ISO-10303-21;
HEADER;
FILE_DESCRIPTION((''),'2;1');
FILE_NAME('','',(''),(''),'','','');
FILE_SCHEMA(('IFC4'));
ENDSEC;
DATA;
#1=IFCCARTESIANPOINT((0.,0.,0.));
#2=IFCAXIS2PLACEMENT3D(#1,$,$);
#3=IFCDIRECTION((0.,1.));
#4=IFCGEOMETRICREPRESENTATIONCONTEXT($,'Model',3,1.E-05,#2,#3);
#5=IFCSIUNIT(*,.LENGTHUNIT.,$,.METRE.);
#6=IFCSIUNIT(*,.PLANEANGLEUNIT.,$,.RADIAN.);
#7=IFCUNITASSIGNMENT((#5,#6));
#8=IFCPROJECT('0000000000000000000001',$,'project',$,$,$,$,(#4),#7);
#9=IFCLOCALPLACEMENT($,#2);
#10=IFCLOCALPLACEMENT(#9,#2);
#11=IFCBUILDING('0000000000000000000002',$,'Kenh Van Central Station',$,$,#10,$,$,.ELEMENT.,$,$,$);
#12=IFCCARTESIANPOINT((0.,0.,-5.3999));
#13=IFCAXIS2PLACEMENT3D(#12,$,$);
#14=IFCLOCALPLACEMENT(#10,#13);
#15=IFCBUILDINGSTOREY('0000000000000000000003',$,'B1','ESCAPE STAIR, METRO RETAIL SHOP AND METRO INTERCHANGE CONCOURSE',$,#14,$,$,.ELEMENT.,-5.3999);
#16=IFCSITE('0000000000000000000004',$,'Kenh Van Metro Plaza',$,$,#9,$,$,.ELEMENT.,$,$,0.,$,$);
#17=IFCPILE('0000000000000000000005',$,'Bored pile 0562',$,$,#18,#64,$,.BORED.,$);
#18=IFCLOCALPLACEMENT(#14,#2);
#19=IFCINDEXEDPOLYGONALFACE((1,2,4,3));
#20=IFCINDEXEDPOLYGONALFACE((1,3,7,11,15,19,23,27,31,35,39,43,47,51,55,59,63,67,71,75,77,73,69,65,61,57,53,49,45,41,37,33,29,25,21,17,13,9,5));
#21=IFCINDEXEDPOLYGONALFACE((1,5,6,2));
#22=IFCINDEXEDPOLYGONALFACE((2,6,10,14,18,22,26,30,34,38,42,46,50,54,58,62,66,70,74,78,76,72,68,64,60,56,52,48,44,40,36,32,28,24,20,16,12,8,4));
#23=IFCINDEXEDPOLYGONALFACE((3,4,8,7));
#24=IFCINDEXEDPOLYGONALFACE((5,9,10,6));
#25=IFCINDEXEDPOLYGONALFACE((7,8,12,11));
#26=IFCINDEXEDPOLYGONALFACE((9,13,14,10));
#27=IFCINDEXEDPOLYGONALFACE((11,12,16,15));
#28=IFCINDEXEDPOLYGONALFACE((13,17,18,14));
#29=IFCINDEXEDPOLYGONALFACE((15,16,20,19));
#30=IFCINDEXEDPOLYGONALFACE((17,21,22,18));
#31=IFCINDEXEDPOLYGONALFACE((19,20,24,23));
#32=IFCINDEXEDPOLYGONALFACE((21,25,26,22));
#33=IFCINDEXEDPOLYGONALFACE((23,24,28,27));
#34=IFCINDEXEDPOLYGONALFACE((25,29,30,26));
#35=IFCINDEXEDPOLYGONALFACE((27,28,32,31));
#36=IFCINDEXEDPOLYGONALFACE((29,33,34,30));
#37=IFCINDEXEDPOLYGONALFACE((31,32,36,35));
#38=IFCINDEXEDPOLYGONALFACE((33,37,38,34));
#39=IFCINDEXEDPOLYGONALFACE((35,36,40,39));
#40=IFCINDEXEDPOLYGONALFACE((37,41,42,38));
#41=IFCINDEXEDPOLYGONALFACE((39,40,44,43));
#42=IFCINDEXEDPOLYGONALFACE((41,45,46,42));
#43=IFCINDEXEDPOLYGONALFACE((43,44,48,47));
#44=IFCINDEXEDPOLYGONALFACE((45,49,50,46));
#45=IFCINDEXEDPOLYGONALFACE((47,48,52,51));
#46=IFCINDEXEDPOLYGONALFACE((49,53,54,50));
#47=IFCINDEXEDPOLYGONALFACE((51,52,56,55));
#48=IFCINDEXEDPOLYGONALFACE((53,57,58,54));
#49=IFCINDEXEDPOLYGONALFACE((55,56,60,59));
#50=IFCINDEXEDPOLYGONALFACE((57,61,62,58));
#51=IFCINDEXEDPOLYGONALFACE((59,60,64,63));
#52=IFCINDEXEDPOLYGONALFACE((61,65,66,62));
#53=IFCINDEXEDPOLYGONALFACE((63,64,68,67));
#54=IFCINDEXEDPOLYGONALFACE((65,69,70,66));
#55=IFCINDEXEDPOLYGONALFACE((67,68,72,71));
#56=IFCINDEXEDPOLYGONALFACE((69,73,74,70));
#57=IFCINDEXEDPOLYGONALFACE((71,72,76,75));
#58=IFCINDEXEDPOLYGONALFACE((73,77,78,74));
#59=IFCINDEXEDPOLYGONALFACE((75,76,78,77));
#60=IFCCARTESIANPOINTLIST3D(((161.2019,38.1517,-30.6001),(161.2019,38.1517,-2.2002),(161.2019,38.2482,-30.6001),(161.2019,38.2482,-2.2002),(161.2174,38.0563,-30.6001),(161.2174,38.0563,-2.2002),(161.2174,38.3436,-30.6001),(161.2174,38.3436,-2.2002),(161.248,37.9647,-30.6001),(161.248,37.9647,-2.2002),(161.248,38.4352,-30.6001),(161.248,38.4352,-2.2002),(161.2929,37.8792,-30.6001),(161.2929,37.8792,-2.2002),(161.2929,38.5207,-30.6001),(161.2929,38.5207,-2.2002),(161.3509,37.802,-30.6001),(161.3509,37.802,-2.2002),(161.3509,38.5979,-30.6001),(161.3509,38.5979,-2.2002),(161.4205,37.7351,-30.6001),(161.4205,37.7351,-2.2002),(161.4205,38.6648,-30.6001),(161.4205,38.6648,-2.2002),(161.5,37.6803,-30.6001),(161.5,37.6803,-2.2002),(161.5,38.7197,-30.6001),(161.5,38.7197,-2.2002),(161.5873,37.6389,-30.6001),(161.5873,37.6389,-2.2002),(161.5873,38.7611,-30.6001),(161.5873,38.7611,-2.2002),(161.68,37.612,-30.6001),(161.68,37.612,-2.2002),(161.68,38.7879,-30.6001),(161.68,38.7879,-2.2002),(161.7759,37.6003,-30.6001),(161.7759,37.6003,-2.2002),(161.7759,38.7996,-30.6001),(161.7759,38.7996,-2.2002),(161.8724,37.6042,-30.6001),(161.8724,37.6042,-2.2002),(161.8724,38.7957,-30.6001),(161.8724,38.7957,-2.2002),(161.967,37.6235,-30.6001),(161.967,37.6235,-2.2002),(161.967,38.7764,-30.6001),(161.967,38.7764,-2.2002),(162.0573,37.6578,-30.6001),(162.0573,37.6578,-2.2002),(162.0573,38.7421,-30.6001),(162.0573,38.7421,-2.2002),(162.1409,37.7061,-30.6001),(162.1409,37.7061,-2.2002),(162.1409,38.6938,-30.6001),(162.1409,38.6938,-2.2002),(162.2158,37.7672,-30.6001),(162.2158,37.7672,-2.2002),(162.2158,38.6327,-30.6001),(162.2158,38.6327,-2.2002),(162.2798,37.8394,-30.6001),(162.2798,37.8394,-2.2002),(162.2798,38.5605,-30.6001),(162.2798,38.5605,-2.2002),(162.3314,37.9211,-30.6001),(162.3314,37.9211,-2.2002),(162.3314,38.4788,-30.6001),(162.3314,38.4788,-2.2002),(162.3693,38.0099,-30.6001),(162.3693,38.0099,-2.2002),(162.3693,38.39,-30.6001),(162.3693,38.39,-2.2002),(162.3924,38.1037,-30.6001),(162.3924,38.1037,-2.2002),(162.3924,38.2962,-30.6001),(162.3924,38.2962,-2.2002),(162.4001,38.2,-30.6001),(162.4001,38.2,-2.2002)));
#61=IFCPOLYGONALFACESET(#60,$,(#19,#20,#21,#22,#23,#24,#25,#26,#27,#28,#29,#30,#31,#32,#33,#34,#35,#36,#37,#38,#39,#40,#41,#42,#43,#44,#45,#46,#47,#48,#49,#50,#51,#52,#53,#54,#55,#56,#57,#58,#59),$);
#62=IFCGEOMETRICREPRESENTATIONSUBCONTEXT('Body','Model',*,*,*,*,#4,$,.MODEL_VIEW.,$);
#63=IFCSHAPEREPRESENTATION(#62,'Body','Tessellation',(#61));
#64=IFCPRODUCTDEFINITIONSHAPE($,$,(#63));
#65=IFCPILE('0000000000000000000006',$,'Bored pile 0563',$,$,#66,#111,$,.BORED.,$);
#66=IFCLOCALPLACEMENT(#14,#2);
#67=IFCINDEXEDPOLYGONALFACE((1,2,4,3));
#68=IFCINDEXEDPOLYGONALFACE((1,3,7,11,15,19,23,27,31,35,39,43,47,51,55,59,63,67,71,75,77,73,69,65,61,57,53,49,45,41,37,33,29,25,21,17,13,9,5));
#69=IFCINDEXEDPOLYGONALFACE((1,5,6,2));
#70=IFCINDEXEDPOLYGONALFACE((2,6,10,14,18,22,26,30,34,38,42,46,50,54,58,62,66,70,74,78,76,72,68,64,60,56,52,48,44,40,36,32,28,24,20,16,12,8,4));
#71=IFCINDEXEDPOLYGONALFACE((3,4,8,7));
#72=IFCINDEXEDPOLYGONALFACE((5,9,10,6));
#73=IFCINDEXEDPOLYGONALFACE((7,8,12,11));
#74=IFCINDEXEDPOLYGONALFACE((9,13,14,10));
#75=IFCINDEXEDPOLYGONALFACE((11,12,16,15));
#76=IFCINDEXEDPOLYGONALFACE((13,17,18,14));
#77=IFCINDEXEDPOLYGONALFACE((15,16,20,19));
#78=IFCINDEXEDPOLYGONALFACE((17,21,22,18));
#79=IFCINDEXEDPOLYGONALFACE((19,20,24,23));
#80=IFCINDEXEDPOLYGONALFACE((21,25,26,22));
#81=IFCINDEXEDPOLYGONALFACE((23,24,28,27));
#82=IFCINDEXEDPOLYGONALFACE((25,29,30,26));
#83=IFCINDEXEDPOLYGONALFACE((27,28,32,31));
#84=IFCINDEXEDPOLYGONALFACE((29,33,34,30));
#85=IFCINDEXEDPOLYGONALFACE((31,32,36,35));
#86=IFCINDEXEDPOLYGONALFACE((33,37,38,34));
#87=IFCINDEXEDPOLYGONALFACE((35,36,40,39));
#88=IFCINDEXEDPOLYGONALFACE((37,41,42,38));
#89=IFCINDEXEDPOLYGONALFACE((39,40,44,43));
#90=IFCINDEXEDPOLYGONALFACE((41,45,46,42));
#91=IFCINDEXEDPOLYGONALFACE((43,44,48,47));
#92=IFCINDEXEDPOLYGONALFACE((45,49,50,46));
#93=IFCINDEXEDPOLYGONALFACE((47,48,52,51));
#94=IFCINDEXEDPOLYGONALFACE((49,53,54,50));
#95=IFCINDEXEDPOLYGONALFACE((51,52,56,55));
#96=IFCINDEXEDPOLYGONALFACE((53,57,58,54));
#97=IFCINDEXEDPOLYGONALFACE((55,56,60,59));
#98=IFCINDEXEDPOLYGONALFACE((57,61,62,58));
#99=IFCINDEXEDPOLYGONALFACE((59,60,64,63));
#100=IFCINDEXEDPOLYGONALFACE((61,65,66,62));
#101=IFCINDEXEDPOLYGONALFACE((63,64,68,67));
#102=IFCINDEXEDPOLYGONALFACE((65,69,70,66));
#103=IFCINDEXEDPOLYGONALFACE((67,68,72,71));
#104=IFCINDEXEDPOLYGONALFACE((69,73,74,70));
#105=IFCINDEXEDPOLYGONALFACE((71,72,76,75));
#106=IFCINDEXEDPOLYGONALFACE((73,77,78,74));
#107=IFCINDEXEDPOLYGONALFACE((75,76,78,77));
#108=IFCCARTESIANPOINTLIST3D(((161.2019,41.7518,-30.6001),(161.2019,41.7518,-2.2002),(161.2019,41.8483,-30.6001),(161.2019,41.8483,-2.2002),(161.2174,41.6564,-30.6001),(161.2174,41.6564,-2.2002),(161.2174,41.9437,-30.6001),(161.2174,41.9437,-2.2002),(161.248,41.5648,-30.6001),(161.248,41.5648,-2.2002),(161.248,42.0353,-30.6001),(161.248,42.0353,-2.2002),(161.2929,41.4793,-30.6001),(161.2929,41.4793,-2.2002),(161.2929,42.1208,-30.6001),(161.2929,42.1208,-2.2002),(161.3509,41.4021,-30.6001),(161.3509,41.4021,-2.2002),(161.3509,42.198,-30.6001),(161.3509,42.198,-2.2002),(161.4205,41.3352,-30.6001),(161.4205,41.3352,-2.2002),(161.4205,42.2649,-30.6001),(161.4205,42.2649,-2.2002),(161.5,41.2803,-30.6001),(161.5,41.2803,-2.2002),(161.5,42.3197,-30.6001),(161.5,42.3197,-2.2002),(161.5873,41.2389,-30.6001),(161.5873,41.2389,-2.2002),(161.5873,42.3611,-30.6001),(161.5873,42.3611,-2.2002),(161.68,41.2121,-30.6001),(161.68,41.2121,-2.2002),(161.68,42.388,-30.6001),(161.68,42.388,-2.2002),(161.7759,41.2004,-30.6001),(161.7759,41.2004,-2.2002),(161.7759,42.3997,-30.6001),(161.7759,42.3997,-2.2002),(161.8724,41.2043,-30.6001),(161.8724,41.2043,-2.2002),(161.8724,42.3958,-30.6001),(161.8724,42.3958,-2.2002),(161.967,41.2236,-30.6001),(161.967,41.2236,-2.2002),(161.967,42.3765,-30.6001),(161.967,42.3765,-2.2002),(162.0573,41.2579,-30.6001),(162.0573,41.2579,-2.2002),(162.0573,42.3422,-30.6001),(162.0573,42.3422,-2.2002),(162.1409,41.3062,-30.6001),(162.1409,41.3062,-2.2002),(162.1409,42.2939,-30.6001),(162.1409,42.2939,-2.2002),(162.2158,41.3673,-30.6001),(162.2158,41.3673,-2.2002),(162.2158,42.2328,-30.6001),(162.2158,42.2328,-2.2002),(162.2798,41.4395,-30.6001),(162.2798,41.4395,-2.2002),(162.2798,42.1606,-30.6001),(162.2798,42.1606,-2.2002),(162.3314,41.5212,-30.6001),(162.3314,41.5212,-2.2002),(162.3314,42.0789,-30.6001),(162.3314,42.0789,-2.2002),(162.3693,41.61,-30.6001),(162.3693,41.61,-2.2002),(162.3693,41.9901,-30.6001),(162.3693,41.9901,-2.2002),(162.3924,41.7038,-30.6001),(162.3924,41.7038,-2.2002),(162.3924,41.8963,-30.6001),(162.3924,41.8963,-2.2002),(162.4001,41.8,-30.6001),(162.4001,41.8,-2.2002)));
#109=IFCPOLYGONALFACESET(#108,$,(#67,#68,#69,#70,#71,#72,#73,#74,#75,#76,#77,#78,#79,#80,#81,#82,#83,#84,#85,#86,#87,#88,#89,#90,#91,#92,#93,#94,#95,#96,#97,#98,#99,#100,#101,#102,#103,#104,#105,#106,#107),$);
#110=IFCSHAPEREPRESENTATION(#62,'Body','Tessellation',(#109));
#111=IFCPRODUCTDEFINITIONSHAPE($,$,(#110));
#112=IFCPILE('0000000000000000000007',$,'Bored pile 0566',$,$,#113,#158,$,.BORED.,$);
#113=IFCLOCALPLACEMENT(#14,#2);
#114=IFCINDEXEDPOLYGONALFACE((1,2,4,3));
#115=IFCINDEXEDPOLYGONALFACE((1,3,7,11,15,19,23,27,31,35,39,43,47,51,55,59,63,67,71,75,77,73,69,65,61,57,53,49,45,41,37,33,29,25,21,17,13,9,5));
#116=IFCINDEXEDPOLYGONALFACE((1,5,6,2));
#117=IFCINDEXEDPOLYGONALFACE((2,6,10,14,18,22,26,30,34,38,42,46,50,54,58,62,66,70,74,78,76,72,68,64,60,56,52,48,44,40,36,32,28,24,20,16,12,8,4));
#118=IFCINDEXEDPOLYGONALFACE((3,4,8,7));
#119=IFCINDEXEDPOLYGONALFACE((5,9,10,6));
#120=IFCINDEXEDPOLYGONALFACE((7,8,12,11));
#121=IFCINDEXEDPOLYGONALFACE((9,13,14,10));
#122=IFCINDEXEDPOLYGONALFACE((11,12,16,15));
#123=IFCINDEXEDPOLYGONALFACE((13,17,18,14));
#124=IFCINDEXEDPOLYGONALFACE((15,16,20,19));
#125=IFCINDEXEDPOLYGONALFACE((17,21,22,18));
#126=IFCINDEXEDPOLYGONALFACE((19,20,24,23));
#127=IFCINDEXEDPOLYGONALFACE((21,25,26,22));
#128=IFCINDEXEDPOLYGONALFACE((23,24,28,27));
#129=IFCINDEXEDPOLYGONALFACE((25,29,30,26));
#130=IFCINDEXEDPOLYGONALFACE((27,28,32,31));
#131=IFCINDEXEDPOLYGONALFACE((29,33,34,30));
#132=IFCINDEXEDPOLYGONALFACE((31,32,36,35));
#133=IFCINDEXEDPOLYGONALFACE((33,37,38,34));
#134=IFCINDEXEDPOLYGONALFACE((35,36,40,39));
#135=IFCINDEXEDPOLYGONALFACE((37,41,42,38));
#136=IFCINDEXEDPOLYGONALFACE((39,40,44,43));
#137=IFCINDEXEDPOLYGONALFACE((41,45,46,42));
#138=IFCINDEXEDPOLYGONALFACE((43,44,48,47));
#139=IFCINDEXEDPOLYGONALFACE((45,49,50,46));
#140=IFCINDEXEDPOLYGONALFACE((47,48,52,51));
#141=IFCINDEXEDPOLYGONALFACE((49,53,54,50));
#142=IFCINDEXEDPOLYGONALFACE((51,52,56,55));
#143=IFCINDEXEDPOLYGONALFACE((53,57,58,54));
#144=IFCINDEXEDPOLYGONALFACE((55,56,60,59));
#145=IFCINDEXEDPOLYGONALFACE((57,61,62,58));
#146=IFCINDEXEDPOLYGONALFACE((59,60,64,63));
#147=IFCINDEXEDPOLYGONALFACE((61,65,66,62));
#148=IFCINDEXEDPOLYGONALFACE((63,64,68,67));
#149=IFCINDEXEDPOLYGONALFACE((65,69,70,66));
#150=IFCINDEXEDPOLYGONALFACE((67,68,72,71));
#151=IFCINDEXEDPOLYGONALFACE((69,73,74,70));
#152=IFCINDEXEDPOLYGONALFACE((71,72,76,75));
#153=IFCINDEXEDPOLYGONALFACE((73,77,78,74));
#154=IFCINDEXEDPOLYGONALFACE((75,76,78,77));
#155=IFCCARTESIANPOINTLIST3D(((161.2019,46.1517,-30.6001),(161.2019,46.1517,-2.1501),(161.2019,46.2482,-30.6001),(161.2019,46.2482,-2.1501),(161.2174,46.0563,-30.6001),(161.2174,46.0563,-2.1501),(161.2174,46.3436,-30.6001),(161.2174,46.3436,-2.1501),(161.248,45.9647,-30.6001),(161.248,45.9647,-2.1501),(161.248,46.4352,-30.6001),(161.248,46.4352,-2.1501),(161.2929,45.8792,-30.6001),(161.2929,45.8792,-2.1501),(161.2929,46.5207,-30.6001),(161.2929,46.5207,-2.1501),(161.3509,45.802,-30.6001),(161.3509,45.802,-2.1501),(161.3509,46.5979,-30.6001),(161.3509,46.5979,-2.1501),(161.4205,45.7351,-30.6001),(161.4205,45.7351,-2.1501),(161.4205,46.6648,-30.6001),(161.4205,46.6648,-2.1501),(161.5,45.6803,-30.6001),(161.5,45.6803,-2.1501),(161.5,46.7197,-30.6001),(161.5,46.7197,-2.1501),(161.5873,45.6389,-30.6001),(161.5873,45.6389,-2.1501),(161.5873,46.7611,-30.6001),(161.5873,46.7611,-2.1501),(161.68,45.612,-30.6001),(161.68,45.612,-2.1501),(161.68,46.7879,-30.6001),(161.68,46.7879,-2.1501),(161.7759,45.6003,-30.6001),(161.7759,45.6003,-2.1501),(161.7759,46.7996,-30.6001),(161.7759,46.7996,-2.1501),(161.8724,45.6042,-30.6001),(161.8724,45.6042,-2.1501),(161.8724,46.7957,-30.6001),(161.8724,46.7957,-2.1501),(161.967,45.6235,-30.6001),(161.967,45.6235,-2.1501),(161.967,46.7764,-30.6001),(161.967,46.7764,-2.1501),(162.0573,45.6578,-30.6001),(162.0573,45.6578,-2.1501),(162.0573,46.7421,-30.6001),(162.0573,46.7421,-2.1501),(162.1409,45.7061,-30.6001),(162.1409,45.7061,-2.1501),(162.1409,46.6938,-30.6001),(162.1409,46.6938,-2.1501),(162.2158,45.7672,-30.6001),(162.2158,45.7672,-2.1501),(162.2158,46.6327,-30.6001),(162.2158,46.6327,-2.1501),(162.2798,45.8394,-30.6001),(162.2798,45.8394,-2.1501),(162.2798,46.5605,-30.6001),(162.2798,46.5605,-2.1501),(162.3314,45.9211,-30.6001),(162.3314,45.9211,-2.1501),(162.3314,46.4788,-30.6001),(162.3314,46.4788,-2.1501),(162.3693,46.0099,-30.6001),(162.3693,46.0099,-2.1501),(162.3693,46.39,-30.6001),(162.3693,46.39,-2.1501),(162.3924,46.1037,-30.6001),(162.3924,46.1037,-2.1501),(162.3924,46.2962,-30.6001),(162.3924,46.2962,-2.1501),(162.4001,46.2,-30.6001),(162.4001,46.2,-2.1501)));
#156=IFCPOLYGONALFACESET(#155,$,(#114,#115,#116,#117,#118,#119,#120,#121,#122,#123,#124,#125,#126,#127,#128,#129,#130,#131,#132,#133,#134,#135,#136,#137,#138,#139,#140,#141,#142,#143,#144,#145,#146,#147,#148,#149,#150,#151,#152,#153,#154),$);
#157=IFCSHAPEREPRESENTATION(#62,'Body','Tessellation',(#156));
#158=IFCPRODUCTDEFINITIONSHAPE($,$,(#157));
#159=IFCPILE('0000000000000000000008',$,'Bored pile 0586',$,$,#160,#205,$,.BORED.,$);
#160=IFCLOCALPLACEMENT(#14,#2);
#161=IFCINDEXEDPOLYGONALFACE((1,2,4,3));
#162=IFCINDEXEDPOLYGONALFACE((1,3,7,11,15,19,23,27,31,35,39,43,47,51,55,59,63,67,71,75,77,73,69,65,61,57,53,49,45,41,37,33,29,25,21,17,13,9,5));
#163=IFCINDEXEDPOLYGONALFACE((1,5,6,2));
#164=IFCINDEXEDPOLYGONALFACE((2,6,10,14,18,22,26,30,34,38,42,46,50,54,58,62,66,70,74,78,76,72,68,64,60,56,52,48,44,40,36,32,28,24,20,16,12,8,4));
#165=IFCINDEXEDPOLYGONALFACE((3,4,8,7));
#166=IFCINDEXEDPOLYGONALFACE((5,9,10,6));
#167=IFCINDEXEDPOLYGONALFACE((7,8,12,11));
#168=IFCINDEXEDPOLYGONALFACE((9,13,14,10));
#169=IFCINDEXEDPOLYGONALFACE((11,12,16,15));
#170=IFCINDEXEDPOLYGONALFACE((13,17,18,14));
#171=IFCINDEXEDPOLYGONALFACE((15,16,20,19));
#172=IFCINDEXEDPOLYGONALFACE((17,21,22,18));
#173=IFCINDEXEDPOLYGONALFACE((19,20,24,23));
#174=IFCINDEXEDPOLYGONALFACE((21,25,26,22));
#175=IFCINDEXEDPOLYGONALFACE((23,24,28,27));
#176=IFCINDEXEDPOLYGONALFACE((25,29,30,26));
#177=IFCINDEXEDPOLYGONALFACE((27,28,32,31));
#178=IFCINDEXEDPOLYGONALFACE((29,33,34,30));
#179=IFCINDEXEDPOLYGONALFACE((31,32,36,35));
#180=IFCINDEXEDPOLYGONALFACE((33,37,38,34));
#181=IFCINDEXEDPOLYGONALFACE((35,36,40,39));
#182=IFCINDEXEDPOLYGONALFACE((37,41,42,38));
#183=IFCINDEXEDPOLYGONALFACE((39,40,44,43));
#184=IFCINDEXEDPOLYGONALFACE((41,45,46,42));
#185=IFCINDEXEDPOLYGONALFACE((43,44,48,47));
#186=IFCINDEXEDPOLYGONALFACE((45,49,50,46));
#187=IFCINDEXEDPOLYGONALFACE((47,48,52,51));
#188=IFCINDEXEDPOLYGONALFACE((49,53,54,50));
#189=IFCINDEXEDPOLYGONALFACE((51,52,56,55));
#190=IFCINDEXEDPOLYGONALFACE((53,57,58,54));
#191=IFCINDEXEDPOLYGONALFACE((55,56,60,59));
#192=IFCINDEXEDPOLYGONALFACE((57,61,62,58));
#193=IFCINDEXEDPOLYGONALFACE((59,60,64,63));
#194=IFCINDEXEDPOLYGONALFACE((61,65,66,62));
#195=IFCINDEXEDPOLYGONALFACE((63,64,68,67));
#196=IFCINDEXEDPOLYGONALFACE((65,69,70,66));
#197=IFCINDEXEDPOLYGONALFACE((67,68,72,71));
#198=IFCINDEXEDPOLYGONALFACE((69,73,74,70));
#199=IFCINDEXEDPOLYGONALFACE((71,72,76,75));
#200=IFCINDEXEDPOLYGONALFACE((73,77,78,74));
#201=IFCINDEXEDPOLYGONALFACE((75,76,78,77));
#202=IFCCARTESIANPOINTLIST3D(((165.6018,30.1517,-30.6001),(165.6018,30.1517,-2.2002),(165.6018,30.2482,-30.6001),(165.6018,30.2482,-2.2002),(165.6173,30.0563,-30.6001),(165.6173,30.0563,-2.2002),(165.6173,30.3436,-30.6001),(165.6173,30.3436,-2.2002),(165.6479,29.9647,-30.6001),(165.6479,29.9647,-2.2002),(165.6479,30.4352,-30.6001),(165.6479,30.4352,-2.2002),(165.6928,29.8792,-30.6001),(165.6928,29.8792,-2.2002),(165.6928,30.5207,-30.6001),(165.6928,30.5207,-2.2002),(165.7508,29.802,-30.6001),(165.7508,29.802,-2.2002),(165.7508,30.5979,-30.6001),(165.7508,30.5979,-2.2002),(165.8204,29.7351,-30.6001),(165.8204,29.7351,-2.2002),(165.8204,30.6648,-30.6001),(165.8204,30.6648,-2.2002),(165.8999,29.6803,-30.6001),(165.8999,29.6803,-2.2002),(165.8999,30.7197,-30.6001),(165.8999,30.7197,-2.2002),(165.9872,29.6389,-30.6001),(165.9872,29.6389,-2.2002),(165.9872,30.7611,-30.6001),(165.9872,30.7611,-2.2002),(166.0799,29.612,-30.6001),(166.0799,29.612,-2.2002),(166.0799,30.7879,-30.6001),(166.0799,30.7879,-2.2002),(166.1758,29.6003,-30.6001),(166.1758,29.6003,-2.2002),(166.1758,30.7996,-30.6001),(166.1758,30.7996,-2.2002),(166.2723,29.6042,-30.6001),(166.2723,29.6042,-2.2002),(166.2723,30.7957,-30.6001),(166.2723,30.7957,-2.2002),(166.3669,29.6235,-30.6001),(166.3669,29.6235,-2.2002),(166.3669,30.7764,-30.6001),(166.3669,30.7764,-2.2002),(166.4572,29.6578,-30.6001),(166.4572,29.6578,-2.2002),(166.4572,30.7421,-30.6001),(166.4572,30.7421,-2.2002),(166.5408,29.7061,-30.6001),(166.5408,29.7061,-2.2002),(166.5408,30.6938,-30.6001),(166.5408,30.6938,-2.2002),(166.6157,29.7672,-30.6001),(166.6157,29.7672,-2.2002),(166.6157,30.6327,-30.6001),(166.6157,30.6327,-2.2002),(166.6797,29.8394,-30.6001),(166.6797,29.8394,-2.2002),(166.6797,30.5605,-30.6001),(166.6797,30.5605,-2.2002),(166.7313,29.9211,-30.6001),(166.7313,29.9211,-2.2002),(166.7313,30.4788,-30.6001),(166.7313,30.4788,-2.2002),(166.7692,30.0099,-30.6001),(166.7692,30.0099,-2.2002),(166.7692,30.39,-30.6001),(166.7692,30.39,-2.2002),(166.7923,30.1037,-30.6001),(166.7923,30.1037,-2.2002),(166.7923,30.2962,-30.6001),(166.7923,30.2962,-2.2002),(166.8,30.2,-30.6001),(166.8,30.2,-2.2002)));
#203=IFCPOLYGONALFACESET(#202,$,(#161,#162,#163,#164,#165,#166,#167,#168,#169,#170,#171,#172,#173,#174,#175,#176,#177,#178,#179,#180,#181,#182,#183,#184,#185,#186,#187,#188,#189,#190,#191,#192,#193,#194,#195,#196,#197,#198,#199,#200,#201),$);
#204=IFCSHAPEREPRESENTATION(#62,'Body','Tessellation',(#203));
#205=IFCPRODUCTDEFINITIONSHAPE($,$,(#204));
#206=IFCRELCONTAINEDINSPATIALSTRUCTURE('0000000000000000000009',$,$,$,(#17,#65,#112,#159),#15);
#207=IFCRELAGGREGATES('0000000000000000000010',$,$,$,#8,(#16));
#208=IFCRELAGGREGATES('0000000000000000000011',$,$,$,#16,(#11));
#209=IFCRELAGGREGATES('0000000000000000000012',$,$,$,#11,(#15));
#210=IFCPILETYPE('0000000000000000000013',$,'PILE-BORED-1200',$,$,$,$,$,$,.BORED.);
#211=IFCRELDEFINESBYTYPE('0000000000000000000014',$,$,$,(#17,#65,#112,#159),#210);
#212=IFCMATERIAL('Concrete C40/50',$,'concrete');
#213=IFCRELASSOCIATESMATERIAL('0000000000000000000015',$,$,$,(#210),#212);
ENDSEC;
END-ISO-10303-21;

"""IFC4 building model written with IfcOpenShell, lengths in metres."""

from ifc_helpers import new_model, si_unit, direction, frame, origin, origin_2d, place, context, subcontext, project, spatial, circle, extrude, material, material_profile, profile_set, type_object, element, save


model = new_model("IFC4")

# Units and contexts
model_context = context("Model", 3, precision=1e-05, world=origin(), true_north=direction((0.0, 1.0)))
body_context = subcontext(model_context, "Body", "Model", "MODEL_VIEW")
ifc_project = project(units=[si_unit("LENGTHUNIT", "METRE"), si_unit("PLANEANGLEUNIT", "RADIAN")], contexts=[model_context])

# Site, building, storey
site_placement = place(None, origin())
site = spatial("IfcSite", under=ifc_project, at=site_placement, Name="Kenh Van Metro Plaza", CompositionType="ELEMENT", RefElevation=0.0)
building_placement = place(site_placement, origin())
building = spatial("IfcBuilding", under=site, at=building_placement, Name="Kenh Van Central Station", CompositionType="ELEMENT")
storey_placement = place(building_placement, frame((0.0, 0.0, -5.3999)))
storey = spatial("IfcBuildingStorey", under=building, at=storey_placement, Name="B1", Description="ESCAPE STAIR, METRO RETAIL SHOP AND METRO INTERCHANGE CONCOURSE", CompositionType="ELEMENT", Elevation=-5.3999)

# Shared definitions
ifc_material_1 = material(Name="Concrete C40/50", Category="concrete")

# Piles
ifc_material_profile_1 = material_profile(ifc_material_1, circle(Radius=0.6001, at=origin_2d()), Name="PILE D1200")
ifc_profile_set_1 = profile_set([ifc_material_profile_1], Name="Concrete C40/50")
pile_type = type_object("IfcPileType", Name="PILE-BORED-1200", PredefinedType="BORED", material=ifc_profile_set_1)
for number, where, z_axis, x_axis, name in (
    (1, (161.8, 38.2, -2.2002), (0.0, 0.0, -1.0), (1.0, 0.0, 0.0), "Bored pile 0562"),
    (2, (161.8, 41.8, -2.2002), (0.0, 0.0, -1.0), (1.0, 0.0, 0.0), "Bored pile 0563"),
):
    element("IfcPile", number, at=place(storey_placement, frame(where, z_axis=z_axis, x_axis=x_axis)), inside=storey, type_object=pile_type, Name=name, PredefinedType="BORED", context=body_context, shape_type="SweptSolid", body=[
        extrude(circle(Radius=0.6001, at=origin_2d()), origin(), (0.0, 0.0, 1.0), 28.3999),
    ])
pile_1_placement = place(storey_placement, frame((161.8, 46.2, -2.1501), z_axis=(0.0, 0.0, -1.0), x_axis=(1.0, 0.0, 0.0)))
element("IfcPile", 3, at=pile_1_placement, inside=storey, type_object=pile_type, Name="Bored pile 0566", PredefinedType="BORED", context=body_context, shape_type="SweptSolid", body=[
    extrude(circle(Radius=0.6001, at=origin_2d()), origin(), (0.0, 0.0, 1.0), 28.45),
])
for number, where, z_axis, x_axis, name in (
    (4, (166.2, 30.2, -2.2002), (0.0, 0.0, -1.0), (1.0, 0.0, 0.0), "Bored pile 0586"),
):
    element("IfcPile", number, at=place(storey_placement, frame(where, z_axis=z_axis, x_axis=x_axis)), inside=storey, type_object=pile_type, Name=name, PredefinedType="BORED", context=body_context, shape_type="SweptSolid", body=[
        extrude(circle(Radius=0.6001, at=origin_2d()), origin(), (0.0, 0.0, 1.0), 28.3999),
    ])

save(model, "model.ifc")
